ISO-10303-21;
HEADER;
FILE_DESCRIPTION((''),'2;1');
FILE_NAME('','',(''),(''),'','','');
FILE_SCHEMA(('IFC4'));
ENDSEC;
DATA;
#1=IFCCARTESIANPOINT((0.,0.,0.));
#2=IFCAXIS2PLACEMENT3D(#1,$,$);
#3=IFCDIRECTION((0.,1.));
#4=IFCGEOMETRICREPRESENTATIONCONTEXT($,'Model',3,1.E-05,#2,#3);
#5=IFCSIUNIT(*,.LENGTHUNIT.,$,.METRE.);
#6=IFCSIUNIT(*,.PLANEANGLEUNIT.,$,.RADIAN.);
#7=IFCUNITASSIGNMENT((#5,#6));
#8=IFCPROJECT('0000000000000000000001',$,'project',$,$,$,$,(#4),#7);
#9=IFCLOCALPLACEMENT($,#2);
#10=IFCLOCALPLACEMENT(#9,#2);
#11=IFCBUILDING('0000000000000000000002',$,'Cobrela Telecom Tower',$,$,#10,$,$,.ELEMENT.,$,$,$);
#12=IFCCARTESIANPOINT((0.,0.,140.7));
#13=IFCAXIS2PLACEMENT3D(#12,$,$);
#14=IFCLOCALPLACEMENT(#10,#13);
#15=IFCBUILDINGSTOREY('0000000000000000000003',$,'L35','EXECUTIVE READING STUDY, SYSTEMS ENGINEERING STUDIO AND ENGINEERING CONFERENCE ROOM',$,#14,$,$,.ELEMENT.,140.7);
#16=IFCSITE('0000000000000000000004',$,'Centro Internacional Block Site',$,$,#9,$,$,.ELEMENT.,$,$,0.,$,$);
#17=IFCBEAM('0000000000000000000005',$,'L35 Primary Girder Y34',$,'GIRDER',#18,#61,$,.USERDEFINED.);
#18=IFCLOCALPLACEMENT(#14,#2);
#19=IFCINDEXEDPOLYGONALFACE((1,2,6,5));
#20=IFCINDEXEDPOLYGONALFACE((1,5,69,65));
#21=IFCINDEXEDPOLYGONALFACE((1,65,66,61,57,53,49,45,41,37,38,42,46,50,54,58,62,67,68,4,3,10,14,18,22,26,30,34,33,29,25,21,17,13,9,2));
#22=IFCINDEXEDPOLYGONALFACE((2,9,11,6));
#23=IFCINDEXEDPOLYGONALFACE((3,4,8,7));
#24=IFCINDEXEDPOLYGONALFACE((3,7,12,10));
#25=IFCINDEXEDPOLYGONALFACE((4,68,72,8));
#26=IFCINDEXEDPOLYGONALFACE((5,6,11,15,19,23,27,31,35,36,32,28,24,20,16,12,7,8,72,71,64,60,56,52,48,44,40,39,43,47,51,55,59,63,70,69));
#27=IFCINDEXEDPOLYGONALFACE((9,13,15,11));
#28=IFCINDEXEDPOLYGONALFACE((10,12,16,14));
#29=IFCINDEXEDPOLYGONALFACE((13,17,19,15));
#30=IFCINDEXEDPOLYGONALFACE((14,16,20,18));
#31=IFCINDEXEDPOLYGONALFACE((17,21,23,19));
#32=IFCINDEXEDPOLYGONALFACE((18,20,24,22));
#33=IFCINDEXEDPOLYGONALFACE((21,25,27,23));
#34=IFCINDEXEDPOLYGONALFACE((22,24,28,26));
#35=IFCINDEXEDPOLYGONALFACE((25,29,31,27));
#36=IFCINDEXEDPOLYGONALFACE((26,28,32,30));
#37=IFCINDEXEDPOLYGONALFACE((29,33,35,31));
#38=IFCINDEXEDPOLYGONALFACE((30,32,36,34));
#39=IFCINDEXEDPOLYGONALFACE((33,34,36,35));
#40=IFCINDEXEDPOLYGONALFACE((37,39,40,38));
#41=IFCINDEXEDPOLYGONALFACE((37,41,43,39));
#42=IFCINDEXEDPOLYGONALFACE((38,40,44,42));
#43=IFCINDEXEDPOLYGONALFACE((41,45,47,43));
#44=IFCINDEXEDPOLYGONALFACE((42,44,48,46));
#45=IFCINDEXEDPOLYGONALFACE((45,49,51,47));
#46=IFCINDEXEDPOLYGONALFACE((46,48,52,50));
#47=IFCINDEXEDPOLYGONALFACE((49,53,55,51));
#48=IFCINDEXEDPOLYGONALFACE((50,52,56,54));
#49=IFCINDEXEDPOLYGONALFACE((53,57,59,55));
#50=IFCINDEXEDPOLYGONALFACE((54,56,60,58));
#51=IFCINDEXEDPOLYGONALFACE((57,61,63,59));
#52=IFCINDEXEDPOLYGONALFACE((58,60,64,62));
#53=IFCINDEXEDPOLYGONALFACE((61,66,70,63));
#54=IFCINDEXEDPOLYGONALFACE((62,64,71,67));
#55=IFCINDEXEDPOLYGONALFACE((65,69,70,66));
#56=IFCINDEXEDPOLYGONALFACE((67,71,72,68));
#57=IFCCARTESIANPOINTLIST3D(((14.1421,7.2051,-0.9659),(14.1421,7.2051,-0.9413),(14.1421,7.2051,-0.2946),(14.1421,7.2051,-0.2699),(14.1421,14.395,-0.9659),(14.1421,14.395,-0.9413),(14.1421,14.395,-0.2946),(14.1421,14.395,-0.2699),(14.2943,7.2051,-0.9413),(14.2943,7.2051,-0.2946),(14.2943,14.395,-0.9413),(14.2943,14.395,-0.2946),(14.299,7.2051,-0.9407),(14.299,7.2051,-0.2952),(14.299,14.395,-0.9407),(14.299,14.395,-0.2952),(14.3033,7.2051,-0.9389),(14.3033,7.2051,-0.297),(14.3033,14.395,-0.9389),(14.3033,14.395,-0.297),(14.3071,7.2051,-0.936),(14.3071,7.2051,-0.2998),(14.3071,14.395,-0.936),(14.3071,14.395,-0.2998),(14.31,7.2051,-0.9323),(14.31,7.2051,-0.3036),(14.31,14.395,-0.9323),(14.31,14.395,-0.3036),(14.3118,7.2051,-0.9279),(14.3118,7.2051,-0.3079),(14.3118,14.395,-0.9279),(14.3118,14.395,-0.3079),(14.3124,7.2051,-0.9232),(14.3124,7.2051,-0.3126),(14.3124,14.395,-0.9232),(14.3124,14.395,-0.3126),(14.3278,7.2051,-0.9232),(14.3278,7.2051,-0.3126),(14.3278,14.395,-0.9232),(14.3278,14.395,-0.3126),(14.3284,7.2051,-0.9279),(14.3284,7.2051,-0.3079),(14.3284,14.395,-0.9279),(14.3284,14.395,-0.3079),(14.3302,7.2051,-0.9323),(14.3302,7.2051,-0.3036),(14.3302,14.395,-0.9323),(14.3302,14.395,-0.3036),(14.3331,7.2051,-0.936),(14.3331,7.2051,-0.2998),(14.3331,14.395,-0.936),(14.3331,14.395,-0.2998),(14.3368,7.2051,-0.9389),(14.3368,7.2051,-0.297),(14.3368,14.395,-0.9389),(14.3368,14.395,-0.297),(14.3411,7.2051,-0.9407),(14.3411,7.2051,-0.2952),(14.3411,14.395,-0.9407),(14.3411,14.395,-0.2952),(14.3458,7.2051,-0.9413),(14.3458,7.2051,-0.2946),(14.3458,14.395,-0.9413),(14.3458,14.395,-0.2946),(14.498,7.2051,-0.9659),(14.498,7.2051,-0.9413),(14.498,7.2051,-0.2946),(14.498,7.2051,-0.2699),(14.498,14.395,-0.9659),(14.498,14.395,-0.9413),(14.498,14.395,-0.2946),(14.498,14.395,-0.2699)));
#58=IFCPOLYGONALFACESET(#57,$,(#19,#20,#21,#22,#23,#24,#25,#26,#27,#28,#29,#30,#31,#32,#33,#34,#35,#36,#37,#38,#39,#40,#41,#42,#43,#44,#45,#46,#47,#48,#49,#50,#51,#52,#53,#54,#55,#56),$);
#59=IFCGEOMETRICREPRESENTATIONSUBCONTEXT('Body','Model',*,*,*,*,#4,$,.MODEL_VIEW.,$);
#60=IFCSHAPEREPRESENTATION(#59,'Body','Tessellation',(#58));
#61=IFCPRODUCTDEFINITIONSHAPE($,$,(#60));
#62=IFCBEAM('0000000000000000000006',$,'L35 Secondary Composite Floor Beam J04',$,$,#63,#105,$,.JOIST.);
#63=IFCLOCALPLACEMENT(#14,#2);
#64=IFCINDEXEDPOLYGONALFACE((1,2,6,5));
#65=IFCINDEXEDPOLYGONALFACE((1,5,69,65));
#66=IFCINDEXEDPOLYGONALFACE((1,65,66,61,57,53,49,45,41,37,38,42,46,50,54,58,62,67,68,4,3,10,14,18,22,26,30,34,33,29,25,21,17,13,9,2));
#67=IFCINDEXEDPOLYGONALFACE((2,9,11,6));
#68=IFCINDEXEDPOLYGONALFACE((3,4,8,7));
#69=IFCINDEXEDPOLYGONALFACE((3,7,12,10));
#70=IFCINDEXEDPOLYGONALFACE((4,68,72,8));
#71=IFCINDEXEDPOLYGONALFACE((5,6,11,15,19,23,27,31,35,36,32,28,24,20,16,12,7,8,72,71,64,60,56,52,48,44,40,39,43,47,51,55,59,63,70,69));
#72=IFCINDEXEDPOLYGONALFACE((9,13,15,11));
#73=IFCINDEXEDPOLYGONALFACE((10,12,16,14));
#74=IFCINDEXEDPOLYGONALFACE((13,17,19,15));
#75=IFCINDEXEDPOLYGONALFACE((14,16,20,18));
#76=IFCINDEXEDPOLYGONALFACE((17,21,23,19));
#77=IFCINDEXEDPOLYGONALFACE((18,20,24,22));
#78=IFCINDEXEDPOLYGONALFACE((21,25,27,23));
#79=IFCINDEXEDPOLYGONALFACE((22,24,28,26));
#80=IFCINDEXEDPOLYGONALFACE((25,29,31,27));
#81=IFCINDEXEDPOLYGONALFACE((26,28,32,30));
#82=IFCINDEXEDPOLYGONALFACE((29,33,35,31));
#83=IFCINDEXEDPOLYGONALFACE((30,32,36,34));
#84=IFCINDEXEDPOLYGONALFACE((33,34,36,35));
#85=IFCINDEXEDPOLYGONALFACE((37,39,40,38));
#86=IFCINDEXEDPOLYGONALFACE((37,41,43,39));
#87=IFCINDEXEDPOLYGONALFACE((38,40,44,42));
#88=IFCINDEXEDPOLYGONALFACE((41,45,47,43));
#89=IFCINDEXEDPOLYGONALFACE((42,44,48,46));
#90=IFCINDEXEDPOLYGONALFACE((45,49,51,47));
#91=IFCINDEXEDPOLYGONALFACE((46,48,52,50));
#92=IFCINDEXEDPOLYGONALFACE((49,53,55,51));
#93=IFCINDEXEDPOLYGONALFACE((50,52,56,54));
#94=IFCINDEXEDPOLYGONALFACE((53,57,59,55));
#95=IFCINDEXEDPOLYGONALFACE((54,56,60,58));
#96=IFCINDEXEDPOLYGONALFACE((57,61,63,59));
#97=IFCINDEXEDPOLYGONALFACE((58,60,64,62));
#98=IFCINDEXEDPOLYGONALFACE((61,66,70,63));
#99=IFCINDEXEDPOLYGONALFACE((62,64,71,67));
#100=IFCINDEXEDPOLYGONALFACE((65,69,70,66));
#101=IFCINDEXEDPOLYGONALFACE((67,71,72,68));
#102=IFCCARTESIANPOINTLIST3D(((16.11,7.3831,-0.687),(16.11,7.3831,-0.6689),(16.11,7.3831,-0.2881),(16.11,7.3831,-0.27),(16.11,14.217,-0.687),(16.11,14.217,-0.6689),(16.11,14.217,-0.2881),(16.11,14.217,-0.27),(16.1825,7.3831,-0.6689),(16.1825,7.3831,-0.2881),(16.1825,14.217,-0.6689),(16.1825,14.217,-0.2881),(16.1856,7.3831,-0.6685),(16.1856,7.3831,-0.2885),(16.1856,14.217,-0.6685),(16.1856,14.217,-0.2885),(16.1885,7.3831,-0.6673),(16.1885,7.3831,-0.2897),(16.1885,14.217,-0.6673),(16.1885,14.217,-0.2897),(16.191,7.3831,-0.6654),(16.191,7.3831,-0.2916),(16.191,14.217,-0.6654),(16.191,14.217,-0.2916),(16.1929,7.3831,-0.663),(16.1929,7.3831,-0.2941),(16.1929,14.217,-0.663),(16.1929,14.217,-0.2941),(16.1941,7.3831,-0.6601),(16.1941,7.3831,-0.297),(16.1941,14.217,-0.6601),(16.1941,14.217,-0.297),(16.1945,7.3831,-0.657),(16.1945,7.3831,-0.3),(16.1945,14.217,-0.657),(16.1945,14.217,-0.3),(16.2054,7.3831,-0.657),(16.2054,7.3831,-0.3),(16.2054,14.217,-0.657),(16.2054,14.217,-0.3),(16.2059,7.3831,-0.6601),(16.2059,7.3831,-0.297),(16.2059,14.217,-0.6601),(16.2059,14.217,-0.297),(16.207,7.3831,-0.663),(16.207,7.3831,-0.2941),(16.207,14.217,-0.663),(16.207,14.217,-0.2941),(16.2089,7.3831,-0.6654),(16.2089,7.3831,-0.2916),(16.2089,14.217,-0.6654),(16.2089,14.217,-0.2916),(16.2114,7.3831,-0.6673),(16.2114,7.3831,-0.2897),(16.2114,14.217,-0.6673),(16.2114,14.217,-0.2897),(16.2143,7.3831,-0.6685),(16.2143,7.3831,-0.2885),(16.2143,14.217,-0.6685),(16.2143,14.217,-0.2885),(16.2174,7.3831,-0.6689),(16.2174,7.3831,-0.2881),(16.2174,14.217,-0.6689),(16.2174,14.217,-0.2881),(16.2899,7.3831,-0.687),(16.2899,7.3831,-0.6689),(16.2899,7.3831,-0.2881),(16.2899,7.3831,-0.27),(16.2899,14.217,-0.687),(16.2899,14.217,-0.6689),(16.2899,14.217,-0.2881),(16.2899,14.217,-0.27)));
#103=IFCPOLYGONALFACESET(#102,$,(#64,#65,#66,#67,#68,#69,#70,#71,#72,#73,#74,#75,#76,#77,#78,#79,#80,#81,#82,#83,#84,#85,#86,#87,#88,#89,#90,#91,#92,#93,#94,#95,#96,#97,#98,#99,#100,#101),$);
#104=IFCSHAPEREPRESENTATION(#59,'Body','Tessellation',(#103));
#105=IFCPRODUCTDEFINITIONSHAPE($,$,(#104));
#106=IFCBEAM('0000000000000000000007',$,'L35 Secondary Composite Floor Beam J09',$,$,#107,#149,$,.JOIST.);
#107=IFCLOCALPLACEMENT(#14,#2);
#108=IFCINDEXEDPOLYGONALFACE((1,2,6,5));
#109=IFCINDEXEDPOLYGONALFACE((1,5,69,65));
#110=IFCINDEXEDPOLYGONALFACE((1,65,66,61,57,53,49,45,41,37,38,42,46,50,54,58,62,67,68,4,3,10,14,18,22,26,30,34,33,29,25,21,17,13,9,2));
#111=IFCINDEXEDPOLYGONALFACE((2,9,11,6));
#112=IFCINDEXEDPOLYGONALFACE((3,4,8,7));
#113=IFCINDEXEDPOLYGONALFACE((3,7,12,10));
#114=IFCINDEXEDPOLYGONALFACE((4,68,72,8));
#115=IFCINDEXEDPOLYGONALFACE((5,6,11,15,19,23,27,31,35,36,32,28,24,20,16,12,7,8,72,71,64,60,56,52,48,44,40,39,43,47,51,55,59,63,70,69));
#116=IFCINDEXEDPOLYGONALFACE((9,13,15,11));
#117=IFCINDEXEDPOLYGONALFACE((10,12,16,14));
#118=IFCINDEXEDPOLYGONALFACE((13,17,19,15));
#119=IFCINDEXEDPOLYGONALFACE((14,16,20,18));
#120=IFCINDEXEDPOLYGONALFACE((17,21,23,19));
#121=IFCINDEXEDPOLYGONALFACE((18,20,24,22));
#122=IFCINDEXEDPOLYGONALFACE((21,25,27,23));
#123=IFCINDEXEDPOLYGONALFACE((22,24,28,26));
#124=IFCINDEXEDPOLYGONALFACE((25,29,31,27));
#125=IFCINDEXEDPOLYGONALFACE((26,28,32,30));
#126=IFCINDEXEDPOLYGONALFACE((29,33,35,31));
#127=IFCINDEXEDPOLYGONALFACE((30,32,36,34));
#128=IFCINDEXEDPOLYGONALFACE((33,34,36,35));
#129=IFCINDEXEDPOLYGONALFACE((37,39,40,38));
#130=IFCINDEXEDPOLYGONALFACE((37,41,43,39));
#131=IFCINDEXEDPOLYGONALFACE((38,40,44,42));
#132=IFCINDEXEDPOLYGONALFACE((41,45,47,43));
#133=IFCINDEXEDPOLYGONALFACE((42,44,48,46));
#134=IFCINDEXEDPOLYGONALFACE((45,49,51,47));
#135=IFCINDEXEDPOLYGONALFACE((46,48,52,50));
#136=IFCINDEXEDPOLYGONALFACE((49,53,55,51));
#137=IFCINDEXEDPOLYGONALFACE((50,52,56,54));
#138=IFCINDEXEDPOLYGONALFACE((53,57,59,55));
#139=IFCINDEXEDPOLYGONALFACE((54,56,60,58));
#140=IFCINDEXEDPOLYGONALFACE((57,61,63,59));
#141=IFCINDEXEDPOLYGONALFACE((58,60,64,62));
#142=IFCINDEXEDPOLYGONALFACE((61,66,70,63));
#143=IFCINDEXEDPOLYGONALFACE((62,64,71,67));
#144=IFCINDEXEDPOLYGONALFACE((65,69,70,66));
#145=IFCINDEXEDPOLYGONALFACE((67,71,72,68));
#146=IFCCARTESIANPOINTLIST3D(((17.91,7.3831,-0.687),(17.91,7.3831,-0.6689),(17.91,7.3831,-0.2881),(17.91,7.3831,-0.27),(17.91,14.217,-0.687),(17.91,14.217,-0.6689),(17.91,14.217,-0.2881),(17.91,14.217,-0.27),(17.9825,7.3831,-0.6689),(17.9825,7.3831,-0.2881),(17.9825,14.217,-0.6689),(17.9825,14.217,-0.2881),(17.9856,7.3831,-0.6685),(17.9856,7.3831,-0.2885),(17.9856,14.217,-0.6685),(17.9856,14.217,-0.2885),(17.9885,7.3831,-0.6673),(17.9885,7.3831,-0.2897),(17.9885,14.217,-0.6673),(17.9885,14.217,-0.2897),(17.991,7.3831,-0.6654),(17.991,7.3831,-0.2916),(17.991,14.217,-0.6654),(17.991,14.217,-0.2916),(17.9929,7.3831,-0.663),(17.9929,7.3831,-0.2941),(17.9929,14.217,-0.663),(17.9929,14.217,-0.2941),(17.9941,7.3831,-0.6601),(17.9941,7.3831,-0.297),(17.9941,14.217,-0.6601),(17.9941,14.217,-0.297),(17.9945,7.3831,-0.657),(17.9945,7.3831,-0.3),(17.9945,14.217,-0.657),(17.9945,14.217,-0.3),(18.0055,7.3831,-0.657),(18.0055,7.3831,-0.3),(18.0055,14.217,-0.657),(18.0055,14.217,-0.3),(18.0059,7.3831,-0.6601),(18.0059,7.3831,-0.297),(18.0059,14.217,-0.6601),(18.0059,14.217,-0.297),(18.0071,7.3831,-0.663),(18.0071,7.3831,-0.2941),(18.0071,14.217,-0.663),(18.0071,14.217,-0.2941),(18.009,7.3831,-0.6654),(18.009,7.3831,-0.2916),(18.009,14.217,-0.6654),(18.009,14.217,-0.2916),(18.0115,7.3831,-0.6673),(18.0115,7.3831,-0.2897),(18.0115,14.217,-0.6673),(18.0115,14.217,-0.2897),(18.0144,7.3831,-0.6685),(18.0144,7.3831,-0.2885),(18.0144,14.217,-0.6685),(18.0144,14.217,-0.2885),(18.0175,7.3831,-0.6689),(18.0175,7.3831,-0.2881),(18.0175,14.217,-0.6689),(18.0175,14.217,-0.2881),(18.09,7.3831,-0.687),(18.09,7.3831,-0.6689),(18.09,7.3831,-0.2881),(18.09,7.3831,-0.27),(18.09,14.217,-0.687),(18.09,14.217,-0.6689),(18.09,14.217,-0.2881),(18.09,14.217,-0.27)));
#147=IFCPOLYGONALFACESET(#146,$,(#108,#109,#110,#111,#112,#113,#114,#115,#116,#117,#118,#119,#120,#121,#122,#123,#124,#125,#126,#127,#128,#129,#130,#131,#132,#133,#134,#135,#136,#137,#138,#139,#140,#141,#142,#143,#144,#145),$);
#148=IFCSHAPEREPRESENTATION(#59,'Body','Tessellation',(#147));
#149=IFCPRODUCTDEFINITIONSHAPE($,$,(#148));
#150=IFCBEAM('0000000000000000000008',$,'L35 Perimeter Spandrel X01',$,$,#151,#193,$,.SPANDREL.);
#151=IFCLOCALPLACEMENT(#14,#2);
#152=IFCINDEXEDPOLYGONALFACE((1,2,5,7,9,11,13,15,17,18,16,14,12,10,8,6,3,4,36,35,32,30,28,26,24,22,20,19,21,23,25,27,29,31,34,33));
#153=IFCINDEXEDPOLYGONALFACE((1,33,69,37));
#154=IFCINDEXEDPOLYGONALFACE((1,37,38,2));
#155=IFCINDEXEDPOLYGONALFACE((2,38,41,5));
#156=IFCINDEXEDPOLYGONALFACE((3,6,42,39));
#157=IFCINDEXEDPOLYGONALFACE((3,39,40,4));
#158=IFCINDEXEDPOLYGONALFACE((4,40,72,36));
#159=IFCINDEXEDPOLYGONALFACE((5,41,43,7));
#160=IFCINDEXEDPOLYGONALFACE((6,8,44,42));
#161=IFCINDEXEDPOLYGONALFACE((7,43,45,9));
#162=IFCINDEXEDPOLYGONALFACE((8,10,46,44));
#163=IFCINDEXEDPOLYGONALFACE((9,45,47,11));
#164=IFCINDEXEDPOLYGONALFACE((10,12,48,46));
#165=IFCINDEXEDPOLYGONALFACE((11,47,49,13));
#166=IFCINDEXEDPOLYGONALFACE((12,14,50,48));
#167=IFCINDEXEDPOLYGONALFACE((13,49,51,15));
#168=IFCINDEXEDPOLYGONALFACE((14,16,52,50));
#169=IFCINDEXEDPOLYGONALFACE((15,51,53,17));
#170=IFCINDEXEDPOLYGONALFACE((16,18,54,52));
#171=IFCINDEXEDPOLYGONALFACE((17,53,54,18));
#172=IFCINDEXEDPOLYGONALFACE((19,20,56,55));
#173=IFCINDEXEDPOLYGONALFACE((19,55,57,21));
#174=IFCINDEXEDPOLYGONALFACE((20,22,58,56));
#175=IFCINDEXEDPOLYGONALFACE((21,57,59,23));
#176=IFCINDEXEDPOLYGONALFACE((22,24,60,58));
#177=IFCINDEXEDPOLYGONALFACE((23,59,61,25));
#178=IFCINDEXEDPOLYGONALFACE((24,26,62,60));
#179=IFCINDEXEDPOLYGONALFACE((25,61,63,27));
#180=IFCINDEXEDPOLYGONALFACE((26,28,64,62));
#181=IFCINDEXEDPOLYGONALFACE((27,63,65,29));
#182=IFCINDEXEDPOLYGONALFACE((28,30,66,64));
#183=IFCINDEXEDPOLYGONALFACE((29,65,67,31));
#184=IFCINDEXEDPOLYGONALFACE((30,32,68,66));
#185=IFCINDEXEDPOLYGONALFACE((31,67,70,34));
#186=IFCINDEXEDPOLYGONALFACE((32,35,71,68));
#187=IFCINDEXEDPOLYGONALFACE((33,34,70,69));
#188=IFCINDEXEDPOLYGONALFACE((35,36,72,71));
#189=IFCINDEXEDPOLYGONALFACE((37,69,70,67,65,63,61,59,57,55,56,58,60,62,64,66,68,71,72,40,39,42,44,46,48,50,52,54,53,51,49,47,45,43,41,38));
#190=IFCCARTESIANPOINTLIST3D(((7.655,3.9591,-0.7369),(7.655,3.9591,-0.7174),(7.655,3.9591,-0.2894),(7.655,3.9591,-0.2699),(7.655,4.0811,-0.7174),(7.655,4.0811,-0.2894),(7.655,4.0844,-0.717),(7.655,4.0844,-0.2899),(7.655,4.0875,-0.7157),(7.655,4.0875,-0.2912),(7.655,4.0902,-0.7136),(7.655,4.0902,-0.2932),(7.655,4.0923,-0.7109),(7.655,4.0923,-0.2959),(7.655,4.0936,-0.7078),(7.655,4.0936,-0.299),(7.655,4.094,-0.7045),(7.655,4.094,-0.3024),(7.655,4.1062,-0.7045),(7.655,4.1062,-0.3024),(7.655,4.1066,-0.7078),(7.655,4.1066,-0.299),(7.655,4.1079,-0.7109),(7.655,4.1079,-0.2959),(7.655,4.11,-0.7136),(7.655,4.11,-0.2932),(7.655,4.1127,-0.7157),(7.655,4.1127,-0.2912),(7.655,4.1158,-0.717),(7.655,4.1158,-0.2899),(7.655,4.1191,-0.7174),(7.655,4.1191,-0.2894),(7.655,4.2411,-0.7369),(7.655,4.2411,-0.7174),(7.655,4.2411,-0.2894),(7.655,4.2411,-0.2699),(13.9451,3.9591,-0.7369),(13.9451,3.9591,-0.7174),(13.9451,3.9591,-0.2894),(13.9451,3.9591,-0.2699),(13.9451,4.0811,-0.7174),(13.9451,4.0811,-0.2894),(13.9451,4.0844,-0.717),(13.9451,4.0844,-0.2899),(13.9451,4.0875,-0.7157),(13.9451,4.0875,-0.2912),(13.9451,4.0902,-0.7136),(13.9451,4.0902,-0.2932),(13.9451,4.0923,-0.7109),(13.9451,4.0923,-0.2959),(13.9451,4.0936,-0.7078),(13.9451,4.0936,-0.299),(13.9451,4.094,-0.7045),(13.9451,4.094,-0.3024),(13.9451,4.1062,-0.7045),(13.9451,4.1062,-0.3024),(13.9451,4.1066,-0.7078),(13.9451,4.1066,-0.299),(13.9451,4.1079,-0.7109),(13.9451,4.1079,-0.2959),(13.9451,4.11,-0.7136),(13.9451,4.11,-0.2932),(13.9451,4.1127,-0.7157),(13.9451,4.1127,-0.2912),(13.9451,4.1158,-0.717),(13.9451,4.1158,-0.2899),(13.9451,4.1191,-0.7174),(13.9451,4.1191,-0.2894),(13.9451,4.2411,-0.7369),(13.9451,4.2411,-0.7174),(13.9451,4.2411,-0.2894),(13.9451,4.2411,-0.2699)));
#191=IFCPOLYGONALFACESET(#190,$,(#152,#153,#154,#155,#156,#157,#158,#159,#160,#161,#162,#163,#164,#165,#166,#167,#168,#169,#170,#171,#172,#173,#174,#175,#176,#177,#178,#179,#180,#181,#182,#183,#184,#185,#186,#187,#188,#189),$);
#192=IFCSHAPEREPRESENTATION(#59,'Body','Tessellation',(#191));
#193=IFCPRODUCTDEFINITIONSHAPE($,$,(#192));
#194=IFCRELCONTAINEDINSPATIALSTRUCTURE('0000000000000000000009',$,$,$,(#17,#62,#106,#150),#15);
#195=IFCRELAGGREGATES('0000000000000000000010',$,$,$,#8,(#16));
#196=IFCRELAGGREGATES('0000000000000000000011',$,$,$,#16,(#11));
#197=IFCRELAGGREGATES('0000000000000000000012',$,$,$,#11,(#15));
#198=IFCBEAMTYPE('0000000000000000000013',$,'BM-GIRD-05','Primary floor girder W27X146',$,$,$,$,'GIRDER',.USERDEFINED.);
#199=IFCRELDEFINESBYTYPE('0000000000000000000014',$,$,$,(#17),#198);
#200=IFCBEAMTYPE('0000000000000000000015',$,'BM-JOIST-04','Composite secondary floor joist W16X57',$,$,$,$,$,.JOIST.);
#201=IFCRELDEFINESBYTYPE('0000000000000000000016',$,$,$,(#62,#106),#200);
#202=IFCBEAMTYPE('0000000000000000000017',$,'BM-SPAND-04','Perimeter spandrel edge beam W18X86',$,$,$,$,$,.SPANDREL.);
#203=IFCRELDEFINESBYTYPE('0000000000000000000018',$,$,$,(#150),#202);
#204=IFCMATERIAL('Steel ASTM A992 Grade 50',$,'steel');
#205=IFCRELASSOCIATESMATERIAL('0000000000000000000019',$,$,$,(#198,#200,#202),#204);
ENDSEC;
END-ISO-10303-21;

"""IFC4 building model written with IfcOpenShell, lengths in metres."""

from ifc_helpers import new_model, si_unit, direction, frame, origin, origin_2d, place, context, subcontext, project, spatial, i_section, extrude, material, material_profile, profile_set, type_object, element, save


model = new_model("IFC4")

# Units and contexts
model_context = context("Model", 3, precision=1e-05, world=origin(), true_north=direction((0.0, 1.0)))
body_context = subcontext(model_context, "Body", "Model", "MODEL_VIEW")
ifc_project = project(units=[si_unit("LENGTHUNIT", "METRE"), si_unit("PLANEANGLEUNIT", "RADIAN")], contexts=[model_context])

# Site, building, storey
site_placement = place(None, origin())
site = spatial("IfcSite", under=ifc_project, at=site_placement, Name="Centro Internacional Block Site", CompositionType="ELEMENT", RefElevation=0.0)
building_placement = place(site_placement, origin())
building = spatial("IfcBuilding", under=site, at=building_placement, Name="Cobrela Telecom Tower", CompositionType="ELEMENT")
storey_placement = place(building_placement, frame((0.0, 0.0, 140.7)))
storey = spatial("IfcBuildingStorey", under=building, at=storey_placement, Name="L35", Description="EXECUTIVE READING STUDY, SYSTEMS ENGINEERING STUDIO AND ENGINEERING CONFERENCE ROOM", CompositionType="ELEMENT", Elevation=140.7)

# Beams
ifc_material_1 = material(Name="Steel ASTM A992 Grade 50", Category="steel")
ifc_material_profile_1 = material_profile(ifc_material_1, i_section(OverallWidth=0.356, OverallDepth=0.696, WebThickness=0.0154, FlangeThickness=0.0247, FilletRadius=0.0181, at=origin_2d()), Name="W27X146")
ifc_profile_set_1 = profile_set([ifc_material_profile_1], Name="Steel ASTM A992 Grade 50")
beam_type_1 = type_object("IfcBeamType", Name="BM-GIRD-05", Description="Primary floor girder W27X146", ElementType="GIRDER", PredefinedType="USERDEFINED", material=ifc_profile_set_1)
beam_1_placement = place(storey_placement, frame((14.3201, 7.2051, -0.6179), z_axis=(0.0, 1.0, 0.0), x_axis=(-1.0, 0.0, 0.0)))
element("IfcBeam", 1, at=beam_1_placement, inside=storey, type_object=beam_type_1, Name="L35 Primary Girder Y34", ObjectType="GIRDER", PredefinedType="USERDEFINED", context=body_context, shape_type="SweptSolid", body=[
    extrude(i_section(OverallWidth=0.356, OverallDepth=0.696, WebThickness=0.0154, FlangeThickness=0.0247, FilletRadius=0.0181, at=origin_2d()), origin(), (0.0, 0.0, 1.0), 7.1899),
])
ifc_material_profile_2 = material_profile(ifc_material_1, i_section(OverallWidth=0.1799, OverallDepth=0.417, WebThickness=0.011, FlangeThickness=0.0181, FilletRadius=0.012, at=origin_2d()), Name="W16X57")
ifc_profile_set_2 = profile_set([ifc_material_profile_2], Name="Steel ASTM A992 Grade 50")
beam_type_2 = type_object("IfcBeamType", Name="BM-JOIST-04", Description="Composite secondary floor joist W16X57", PredefinedType="JOIST", material=ifc_profile_set_2)
for number, where, z_axis, x_axis, name in (
    (2, (16.2, 7.3831, -0.4785), (0.0, 1.0, 0.0), (-1.0, 0.0, 0.0), "L35 Secondary Composite Floor Beam J04"),
    (3, (18.0, 7.3831, -0.4785), (0.0, 1.0, 0.0), (-1.0, 0.0, 0.0), "L35 Secondary Composite Floor Beam J09"),
):
    element("IfcBeam", number, at=place(storey_placement, frame(where, z_axis=z_axis, x_axis=x_axis)), inside=storey, type_object=beam_type_2, Name=name, PredefinedType="JOIST", context=body_context, shape_type="SweptSolid", body=[
        extrude(i_section(OverallWidth=0.1799, OverallDepth=0.417, WebThickness=0.011, FlangeThickness=0.0181, FilletRadius=0.012, at=origin_2d()), origin(), (0.0, 0.0, 1.0), 6.834),
    ])
ifc_material_profile_3 = material_profile(ifc_material_1, i_section(OverallWidth=0.282, OverallDepth=0.467, WebThickness=0.0122, FlangeThickness=0.0195, FilletRadius=0.0129, at=origin_2d()), Name="W18X86")
ifc_profile_set_3 = profile_set([ifc_material_profile_3], Name="Steel ASTM A992 Grade 50")
beam_type_3 = type_object("IfcBeamType", Name="BM-SPAND-04", Description="Perimeter spandrel edge beam W18X86", PredefinedType="SPANDREL", material=ifc_profile_set_3)
for number, where, z_axis, x_axis, name in (
    (4, (7.655, 4.1001, -0.5034), (1.0, 0.0, 0.0), (0.0, 1.0, 0.0), "L35 Perimeter Spandrel X01"),
):
    element("IfcBeam", number, at=place(storey_placement, frame(where, z_axis=z_axis, x_axis=x_axis)), inside=storey, type_object=beam_type_3, Name=name, PredefinedType="SPANDREL", context=body_context, shape_type="SweptSolid", body=[
        extrude(i_section(OverallWidth=0.282, OverallDepth=0.467, WebThickness=0.0122, FlangeThickness=0.0195, FilletRadius=0.0129, at=origin_2d()), origin(), (0.0, 0.0, 1.0), 6.29),
    ])

save(model, "model.ifc")
